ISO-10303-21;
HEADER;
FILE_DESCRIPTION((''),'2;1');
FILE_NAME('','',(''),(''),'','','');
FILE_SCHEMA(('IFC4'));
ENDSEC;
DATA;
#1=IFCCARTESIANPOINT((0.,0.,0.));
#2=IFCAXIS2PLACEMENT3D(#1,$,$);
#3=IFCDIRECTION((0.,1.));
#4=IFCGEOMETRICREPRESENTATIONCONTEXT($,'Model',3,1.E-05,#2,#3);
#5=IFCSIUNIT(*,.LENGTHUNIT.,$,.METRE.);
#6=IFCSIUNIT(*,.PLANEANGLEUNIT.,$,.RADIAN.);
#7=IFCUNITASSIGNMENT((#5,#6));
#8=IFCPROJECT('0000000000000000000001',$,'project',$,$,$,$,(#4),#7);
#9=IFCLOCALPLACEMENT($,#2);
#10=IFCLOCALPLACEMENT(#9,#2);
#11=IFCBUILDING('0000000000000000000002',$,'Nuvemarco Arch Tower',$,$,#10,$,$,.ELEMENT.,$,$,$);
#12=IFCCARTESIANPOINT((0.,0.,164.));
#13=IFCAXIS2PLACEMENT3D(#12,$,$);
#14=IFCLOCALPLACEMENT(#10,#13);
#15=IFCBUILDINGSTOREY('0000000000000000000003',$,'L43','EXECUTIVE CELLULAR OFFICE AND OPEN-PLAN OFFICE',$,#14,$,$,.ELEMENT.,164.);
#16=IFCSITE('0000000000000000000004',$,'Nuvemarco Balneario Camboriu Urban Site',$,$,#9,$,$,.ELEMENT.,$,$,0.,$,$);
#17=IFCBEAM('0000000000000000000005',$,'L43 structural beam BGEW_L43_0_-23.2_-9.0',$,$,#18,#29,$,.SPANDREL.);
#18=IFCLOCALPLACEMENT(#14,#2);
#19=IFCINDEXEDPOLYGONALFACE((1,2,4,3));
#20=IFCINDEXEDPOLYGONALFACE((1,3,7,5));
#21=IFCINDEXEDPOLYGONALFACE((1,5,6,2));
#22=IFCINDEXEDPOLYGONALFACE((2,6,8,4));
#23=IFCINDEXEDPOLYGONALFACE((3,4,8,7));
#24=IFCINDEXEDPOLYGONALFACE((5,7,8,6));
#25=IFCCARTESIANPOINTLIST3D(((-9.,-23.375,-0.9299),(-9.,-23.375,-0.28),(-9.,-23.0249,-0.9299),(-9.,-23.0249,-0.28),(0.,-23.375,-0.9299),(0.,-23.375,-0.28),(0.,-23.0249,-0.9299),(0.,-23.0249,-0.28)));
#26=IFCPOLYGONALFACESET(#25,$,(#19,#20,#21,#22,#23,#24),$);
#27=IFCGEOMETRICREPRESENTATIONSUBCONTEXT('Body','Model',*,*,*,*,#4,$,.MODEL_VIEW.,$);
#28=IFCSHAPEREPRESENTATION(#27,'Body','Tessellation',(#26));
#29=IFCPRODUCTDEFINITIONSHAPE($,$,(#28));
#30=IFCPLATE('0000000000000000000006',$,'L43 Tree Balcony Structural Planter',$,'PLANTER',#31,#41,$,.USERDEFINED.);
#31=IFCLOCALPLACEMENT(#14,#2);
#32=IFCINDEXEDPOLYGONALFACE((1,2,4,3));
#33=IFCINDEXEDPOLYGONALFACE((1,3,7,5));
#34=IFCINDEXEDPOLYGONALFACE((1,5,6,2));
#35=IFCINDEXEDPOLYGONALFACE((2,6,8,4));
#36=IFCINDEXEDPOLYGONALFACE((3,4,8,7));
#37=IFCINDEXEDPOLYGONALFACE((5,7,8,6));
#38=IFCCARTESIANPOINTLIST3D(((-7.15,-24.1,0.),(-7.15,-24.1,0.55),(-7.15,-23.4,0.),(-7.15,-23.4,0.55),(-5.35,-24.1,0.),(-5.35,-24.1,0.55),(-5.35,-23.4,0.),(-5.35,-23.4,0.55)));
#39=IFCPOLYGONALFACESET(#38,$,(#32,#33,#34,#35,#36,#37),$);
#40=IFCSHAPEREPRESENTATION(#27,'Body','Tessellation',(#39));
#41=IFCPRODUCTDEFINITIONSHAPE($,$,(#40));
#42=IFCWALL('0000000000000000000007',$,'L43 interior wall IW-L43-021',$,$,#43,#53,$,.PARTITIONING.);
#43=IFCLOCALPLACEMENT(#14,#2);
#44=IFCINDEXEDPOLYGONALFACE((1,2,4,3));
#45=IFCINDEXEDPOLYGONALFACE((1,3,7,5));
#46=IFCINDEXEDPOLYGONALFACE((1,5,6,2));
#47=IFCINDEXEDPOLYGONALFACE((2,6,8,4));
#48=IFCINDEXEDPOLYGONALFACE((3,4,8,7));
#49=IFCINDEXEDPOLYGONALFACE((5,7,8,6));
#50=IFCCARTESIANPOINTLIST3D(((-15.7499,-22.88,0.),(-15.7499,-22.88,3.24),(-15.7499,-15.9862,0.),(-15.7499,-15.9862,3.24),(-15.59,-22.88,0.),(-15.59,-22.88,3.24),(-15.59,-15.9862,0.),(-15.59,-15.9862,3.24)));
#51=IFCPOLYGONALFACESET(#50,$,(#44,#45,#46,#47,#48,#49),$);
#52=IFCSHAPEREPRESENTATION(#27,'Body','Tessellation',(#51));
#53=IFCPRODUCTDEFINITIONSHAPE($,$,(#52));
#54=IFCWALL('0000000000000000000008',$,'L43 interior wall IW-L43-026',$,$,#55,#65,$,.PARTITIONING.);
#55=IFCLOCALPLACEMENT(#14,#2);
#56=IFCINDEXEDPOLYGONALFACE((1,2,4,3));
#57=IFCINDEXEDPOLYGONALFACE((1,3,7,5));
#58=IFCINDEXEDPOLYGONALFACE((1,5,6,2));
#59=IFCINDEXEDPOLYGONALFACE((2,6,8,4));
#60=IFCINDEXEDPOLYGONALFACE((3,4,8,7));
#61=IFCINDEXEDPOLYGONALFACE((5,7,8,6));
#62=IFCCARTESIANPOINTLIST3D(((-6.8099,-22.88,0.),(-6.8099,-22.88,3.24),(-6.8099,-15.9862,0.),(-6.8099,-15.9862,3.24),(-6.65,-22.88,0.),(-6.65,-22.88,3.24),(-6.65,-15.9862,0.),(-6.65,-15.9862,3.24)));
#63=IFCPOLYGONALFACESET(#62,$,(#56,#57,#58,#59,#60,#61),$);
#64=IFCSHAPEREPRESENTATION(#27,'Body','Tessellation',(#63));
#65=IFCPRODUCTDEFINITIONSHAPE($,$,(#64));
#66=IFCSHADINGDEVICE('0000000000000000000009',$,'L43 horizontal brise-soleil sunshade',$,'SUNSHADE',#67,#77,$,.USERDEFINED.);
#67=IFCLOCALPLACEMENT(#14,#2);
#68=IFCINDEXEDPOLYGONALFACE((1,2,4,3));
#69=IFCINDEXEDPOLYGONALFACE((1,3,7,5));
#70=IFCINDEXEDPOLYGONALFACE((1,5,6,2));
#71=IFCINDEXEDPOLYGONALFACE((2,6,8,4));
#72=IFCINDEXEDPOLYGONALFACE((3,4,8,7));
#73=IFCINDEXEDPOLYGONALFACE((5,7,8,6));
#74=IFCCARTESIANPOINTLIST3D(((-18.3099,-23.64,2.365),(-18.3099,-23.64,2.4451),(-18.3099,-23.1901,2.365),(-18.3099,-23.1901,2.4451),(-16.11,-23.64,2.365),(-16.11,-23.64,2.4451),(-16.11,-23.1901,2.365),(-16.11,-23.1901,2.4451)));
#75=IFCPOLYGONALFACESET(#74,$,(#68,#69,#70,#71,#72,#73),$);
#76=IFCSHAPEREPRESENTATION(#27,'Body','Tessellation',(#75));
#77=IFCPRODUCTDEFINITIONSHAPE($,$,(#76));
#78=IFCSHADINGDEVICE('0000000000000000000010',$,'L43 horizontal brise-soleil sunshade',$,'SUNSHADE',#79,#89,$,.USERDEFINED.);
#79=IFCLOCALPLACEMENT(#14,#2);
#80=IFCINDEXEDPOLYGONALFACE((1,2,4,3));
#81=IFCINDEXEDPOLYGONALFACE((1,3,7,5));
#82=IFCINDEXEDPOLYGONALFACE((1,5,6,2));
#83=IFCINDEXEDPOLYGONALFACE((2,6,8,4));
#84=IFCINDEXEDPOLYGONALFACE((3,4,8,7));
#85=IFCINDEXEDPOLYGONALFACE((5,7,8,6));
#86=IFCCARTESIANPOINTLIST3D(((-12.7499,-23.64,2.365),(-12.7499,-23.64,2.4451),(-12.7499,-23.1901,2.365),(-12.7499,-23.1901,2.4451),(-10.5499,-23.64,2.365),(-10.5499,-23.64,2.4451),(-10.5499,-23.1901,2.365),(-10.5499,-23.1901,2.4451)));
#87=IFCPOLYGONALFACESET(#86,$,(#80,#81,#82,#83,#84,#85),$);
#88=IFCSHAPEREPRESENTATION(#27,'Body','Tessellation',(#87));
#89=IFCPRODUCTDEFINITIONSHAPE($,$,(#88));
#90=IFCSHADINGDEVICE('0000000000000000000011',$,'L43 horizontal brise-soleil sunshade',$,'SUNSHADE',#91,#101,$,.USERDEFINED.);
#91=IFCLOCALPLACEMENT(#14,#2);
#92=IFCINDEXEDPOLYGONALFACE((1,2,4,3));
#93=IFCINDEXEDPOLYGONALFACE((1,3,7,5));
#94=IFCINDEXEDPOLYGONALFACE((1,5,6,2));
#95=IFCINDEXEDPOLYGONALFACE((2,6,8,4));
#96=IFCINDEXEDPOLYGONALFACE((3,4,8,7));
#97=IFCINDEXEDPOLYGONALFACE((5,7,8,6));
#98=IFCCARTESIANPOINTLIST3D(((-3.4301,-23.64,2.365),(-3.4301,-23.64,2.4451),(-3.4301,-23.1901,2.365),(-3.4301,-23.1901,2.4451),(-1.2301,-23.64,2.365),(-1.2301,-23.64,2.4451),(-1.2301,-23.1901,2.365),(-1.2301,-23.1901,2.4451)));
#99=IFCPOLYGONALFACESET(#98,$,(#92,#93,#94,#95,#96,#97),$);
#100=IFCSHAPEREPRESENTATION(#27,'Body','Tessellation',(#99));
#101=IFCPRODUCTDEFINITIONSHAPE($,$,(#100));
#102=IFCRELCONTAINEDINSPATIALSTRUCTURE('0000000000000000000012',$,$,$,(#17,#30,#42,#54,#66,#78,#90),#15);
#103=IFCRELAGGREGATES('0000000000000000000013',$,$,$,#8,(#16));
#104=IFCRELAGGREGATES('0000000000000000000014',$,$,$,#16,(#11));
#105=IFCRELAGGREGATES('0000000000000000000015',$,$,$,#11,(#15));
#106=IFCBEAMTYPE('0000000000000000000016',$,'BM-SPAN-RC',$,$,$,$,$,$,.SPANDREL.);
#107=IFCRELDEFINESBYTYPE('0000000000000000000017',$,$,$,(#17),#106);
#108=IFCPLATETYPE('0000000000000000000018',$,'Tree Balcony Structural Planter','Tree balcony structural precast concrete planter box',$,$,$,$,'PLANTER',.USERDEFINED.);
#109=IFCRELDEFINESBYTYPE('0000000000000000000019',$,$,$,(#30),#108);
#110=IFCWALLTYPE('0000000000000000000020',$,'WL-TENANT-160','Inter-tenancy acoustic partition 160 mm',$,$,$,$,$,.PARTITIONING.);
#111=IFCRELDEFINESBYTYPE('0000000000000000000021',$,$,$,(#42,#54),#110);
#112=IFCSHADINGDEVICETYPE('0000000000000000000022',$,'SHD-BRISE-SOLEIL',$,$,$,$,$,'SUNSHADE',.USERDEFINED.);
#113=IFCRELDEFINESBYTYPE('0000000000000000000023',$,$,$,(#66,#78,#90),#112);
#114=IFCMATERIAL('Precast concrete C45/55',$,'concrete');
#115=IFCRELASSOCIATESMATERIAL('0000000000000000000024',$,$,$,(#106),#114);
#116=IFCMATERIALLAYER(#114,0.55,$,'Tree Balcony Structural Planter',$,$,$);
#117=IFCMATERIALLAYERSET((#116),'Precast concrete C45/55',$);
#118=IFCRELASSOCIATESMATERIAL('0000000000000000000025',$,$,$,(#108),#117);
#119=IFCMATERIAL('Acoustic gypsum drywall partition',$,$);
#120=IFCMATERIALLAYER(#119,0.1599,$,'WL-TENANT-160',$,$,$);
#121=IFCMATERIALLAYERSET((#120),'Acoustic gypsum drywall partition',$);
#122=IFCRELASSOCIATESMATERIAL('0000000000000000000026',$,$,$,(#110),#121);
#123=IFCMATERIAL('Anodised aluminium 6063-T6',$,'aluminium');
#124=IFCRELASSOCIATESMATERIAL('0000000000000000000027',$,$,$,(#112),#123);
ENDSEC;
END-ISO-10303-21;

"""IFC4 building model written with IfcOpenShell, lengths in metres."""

from ifc_helpers import new_model, si_unit, direction, frame, frame_2d, origin, origin_2d, place, context, subcontext, project, spatial, rectangle, extrude, source, transform, mapped, material, layer, layer_set, material_profile, profile_set, type_object, type_shapes, element, save


model = new_model("IFC4")

# Units and contexts
model_context = context("Model", 3, precision=1e-05, world=origin(), true_north=direction((0.0, 1.0)))
body_context = subcontext(model_context, "Body", "Model", "MODEL_VIEW")
ifc_project = project(units=[si_unit("LENGTHUNIT", "METRE"), si_unit("PLANEANGLEUNIT", "RADIAN")], contexts=[model_context])

# Site, building, storey
site_placement = place(None, origin())
site = spatial("IfcSite", under=ifc_project, at=site_placement, Name="Nuvemarco Balneario Camboriu Urban Site", CompositionType="ELEMENT", RefElevation=0.0)
building_placement = place(site_placement, origin())
building = spatial("IfcBuilding", under=site, at=building_placement, Name="Nuvemarco Arch Tower", CompositionType="ELEMENT")
storey_placement = place(building_placement, frame((0.0, 0.0, 164.0)))
storey = spatial("IfcBuildingStorey", under=building, at=storey_placement, Name="L43", Description="EXECUTIVE CELLULAR OFFICE AND OPEN-PLAN OFFICE", CompositionType="ELEMENT", Elevation=164.0)

# Beam
ifc_material_1 = material(Name="Precast concrete C45/55", Category="concrete")
ifc_material_profile_1 = material_profile(ifc_material_1, rectangle(XDim=0.3501, YDim=0.6499, at=origin_2d()), Name="PC-SP-350x650")
ifc_profile_set_1 = profile_set([ifc_material_profile_1], Name="Precast concrete C45/55")
beam_type_1 = type_object("IfcBeamType", Name="BM-SPAN-RC", PredefinedType="SPANDREL", material=ifc_profile_set_1)
beam_1_placement = place(storey_placement, frame((-9.0, -23.2, -0.605), z_axis=(1.0, 0.0, 0.0), x_axis=(0.0, 1.0, 0.0)))
element("IfcBeam", 1, at=beam_1_placement, inside=storey, type_object=beam_type_1, Name="L43 structural beam BGEW_L43_0_-23.2_-9.0", PredefinedType="SPANDREL", context=body_context, shape_type="SweptSolid", body=[
    extrude(rectangle(XDim=0.3501, YDim=0.6499, at=origin_2d()), origin(), (0.0, 0.0, 1.0), 9.0),
])

# Plate
ifc_layer_1 = layer(ifc_material_1, 0.55, Name="Tree Balcony Structural Planter")
ifc_layer_set_1 = layer_set([ifc_layer_1], Name="Precast concrete C45/55")
plate_type = type_object("IfcPlateType", Name="Tree Balcony Structural Planter", Description="Tree balcony structural precast concrete planter box", ElementType="PLANTER", PredefinedType="USERDEFINED", material=ifc_layer_set_1)
shared_shape_1 = source(origin(), body_context, "Body", "SweptSolid", [
    extrude(rectangle(XDim=1.8, YDim=0.7, at=origin_2d()), origin(), (0.0, 0.0, 1.0), 0.55),
])
type_shapes(plate_type, [shared_shape_1])
plate_placement = place(storey_placement, frame((-6.25, -23.75, 0.0), z_axis=(0.0, 0.0, 1.0), x_axis=(1.0, 0.0, 0.0)))
element("IfcPlate", 2, at=plate_placement, inside=storey, type_object=plate_type, Name="L43 Tree Balcony Structural Planter", ObjectType="PLANTER", PredefinedType="USERDEFINED", context=body_context, shape_type="MappedRepresentation", body=[
    mapped(shared_shape_1, transform((0.0, 0.0, 0.0), scale=1.0)),
])

# Walls
ifc_material_2 = material(Name="Acoustic gypsum drywall partition")
ifc_layer_2 = layer(ifc_material_2, 0.1599, Name="WL-TENANT-160")
ifc_layer_set_2 = layer_set([ifc_layer_2], Name="Acoustic gypsum drywall partition")
wall_type = type_object("IfcWallType", Name="WL-TENANT-160", Description="Inter-tenancy acoustic partition 160 mm", PredefinedType="PARTITIONING", material=ifc_layer_set_2)
for number, where, z_axis, x_axis, name in (
    (3, (-15.6699, -22.8799, 0.0), (0.0, 0.0, 1.0), (0.0, 1.0, 0.0), "L43 interior wall IW-L43-021"),
    (4, (-6.73, -22.8799, 0.0), (0.0, 0.0, 1.0), (0.0, 1.0, 0.0), "L43 interior wall IW-L43-026"),
):
    element("IfcWall", number, at=place(storey_placement, frame(where, z_axis=z_axis, x_axis=x_axis)), inside=storey, type_object=wall_type, Name=name, PredefinedType="PARTITIONING", context=body_context, shape_type="SweptSolid", body=[
        extrude(rectangle(XDim=6.8938, YDim=0.1599, at=frame_2d((3.4468, 0.0))), origin(), (0.0, 0.0, 1.0), 3.24),
    ])

# Shading devices
ifc_material_3 = material(Name="Anodised aluminium 6063-T6", Category="aluminium")
shading_device_type = type_object("IfcShadingDeviceType", Name="SHD-BRISE-SOLEIL", ElementType="SUNSHADE", PredefinedType="USERDEFINED", material=ifc_material_3)
shared_shape_2 = source(origin(), body_context, "Body", "SweptSolid", [
    extrude(rectangle(XDim=2.2, YDim=0.45, at=origin_2d()), origin(), (0.0, 0.0, 1.0), 0.0801),
])
type_shapes(shading_device_type, [shared_shape_2])
for number, where, z_axis, x_axis, name in (
    (5, (-17.21, -23.415, 2.365), (0.0, 0.0, 1.0), (1.0, 0.0, 0.0), "L43 horizontal brise-soleil sunshade"),
    (6, (-11.6499, -23.415, 2.365), (0.0, 0.0, 1.0), (1.0, 0.0, 0.0), "L43 horizontal brise-soleil sunshade"),
    (7, (-2.3301, -23.415, 2.365), (0.0, 0.0, 1.0), (1.0, 0.0, 0.0), "L43 horizontal brise-soleil sunshade"),
):
    element("IfcShadingDevice", number, at=place(storey_placement, frame(where, z_axis=z_axis, x_axis=x_axis)), inside=storey, type_object=shading_device_type, Name=name, ObjectType="SUNSHADE", PredefinedType="USERDEFINED", context=body_context, shape_type="MappedRepresentation", body=[
        mapped(shared_shape_2, transform((0.0, 0.0, 0.0), scale=1.0)),
    ])

save(model, "model.ifc")
